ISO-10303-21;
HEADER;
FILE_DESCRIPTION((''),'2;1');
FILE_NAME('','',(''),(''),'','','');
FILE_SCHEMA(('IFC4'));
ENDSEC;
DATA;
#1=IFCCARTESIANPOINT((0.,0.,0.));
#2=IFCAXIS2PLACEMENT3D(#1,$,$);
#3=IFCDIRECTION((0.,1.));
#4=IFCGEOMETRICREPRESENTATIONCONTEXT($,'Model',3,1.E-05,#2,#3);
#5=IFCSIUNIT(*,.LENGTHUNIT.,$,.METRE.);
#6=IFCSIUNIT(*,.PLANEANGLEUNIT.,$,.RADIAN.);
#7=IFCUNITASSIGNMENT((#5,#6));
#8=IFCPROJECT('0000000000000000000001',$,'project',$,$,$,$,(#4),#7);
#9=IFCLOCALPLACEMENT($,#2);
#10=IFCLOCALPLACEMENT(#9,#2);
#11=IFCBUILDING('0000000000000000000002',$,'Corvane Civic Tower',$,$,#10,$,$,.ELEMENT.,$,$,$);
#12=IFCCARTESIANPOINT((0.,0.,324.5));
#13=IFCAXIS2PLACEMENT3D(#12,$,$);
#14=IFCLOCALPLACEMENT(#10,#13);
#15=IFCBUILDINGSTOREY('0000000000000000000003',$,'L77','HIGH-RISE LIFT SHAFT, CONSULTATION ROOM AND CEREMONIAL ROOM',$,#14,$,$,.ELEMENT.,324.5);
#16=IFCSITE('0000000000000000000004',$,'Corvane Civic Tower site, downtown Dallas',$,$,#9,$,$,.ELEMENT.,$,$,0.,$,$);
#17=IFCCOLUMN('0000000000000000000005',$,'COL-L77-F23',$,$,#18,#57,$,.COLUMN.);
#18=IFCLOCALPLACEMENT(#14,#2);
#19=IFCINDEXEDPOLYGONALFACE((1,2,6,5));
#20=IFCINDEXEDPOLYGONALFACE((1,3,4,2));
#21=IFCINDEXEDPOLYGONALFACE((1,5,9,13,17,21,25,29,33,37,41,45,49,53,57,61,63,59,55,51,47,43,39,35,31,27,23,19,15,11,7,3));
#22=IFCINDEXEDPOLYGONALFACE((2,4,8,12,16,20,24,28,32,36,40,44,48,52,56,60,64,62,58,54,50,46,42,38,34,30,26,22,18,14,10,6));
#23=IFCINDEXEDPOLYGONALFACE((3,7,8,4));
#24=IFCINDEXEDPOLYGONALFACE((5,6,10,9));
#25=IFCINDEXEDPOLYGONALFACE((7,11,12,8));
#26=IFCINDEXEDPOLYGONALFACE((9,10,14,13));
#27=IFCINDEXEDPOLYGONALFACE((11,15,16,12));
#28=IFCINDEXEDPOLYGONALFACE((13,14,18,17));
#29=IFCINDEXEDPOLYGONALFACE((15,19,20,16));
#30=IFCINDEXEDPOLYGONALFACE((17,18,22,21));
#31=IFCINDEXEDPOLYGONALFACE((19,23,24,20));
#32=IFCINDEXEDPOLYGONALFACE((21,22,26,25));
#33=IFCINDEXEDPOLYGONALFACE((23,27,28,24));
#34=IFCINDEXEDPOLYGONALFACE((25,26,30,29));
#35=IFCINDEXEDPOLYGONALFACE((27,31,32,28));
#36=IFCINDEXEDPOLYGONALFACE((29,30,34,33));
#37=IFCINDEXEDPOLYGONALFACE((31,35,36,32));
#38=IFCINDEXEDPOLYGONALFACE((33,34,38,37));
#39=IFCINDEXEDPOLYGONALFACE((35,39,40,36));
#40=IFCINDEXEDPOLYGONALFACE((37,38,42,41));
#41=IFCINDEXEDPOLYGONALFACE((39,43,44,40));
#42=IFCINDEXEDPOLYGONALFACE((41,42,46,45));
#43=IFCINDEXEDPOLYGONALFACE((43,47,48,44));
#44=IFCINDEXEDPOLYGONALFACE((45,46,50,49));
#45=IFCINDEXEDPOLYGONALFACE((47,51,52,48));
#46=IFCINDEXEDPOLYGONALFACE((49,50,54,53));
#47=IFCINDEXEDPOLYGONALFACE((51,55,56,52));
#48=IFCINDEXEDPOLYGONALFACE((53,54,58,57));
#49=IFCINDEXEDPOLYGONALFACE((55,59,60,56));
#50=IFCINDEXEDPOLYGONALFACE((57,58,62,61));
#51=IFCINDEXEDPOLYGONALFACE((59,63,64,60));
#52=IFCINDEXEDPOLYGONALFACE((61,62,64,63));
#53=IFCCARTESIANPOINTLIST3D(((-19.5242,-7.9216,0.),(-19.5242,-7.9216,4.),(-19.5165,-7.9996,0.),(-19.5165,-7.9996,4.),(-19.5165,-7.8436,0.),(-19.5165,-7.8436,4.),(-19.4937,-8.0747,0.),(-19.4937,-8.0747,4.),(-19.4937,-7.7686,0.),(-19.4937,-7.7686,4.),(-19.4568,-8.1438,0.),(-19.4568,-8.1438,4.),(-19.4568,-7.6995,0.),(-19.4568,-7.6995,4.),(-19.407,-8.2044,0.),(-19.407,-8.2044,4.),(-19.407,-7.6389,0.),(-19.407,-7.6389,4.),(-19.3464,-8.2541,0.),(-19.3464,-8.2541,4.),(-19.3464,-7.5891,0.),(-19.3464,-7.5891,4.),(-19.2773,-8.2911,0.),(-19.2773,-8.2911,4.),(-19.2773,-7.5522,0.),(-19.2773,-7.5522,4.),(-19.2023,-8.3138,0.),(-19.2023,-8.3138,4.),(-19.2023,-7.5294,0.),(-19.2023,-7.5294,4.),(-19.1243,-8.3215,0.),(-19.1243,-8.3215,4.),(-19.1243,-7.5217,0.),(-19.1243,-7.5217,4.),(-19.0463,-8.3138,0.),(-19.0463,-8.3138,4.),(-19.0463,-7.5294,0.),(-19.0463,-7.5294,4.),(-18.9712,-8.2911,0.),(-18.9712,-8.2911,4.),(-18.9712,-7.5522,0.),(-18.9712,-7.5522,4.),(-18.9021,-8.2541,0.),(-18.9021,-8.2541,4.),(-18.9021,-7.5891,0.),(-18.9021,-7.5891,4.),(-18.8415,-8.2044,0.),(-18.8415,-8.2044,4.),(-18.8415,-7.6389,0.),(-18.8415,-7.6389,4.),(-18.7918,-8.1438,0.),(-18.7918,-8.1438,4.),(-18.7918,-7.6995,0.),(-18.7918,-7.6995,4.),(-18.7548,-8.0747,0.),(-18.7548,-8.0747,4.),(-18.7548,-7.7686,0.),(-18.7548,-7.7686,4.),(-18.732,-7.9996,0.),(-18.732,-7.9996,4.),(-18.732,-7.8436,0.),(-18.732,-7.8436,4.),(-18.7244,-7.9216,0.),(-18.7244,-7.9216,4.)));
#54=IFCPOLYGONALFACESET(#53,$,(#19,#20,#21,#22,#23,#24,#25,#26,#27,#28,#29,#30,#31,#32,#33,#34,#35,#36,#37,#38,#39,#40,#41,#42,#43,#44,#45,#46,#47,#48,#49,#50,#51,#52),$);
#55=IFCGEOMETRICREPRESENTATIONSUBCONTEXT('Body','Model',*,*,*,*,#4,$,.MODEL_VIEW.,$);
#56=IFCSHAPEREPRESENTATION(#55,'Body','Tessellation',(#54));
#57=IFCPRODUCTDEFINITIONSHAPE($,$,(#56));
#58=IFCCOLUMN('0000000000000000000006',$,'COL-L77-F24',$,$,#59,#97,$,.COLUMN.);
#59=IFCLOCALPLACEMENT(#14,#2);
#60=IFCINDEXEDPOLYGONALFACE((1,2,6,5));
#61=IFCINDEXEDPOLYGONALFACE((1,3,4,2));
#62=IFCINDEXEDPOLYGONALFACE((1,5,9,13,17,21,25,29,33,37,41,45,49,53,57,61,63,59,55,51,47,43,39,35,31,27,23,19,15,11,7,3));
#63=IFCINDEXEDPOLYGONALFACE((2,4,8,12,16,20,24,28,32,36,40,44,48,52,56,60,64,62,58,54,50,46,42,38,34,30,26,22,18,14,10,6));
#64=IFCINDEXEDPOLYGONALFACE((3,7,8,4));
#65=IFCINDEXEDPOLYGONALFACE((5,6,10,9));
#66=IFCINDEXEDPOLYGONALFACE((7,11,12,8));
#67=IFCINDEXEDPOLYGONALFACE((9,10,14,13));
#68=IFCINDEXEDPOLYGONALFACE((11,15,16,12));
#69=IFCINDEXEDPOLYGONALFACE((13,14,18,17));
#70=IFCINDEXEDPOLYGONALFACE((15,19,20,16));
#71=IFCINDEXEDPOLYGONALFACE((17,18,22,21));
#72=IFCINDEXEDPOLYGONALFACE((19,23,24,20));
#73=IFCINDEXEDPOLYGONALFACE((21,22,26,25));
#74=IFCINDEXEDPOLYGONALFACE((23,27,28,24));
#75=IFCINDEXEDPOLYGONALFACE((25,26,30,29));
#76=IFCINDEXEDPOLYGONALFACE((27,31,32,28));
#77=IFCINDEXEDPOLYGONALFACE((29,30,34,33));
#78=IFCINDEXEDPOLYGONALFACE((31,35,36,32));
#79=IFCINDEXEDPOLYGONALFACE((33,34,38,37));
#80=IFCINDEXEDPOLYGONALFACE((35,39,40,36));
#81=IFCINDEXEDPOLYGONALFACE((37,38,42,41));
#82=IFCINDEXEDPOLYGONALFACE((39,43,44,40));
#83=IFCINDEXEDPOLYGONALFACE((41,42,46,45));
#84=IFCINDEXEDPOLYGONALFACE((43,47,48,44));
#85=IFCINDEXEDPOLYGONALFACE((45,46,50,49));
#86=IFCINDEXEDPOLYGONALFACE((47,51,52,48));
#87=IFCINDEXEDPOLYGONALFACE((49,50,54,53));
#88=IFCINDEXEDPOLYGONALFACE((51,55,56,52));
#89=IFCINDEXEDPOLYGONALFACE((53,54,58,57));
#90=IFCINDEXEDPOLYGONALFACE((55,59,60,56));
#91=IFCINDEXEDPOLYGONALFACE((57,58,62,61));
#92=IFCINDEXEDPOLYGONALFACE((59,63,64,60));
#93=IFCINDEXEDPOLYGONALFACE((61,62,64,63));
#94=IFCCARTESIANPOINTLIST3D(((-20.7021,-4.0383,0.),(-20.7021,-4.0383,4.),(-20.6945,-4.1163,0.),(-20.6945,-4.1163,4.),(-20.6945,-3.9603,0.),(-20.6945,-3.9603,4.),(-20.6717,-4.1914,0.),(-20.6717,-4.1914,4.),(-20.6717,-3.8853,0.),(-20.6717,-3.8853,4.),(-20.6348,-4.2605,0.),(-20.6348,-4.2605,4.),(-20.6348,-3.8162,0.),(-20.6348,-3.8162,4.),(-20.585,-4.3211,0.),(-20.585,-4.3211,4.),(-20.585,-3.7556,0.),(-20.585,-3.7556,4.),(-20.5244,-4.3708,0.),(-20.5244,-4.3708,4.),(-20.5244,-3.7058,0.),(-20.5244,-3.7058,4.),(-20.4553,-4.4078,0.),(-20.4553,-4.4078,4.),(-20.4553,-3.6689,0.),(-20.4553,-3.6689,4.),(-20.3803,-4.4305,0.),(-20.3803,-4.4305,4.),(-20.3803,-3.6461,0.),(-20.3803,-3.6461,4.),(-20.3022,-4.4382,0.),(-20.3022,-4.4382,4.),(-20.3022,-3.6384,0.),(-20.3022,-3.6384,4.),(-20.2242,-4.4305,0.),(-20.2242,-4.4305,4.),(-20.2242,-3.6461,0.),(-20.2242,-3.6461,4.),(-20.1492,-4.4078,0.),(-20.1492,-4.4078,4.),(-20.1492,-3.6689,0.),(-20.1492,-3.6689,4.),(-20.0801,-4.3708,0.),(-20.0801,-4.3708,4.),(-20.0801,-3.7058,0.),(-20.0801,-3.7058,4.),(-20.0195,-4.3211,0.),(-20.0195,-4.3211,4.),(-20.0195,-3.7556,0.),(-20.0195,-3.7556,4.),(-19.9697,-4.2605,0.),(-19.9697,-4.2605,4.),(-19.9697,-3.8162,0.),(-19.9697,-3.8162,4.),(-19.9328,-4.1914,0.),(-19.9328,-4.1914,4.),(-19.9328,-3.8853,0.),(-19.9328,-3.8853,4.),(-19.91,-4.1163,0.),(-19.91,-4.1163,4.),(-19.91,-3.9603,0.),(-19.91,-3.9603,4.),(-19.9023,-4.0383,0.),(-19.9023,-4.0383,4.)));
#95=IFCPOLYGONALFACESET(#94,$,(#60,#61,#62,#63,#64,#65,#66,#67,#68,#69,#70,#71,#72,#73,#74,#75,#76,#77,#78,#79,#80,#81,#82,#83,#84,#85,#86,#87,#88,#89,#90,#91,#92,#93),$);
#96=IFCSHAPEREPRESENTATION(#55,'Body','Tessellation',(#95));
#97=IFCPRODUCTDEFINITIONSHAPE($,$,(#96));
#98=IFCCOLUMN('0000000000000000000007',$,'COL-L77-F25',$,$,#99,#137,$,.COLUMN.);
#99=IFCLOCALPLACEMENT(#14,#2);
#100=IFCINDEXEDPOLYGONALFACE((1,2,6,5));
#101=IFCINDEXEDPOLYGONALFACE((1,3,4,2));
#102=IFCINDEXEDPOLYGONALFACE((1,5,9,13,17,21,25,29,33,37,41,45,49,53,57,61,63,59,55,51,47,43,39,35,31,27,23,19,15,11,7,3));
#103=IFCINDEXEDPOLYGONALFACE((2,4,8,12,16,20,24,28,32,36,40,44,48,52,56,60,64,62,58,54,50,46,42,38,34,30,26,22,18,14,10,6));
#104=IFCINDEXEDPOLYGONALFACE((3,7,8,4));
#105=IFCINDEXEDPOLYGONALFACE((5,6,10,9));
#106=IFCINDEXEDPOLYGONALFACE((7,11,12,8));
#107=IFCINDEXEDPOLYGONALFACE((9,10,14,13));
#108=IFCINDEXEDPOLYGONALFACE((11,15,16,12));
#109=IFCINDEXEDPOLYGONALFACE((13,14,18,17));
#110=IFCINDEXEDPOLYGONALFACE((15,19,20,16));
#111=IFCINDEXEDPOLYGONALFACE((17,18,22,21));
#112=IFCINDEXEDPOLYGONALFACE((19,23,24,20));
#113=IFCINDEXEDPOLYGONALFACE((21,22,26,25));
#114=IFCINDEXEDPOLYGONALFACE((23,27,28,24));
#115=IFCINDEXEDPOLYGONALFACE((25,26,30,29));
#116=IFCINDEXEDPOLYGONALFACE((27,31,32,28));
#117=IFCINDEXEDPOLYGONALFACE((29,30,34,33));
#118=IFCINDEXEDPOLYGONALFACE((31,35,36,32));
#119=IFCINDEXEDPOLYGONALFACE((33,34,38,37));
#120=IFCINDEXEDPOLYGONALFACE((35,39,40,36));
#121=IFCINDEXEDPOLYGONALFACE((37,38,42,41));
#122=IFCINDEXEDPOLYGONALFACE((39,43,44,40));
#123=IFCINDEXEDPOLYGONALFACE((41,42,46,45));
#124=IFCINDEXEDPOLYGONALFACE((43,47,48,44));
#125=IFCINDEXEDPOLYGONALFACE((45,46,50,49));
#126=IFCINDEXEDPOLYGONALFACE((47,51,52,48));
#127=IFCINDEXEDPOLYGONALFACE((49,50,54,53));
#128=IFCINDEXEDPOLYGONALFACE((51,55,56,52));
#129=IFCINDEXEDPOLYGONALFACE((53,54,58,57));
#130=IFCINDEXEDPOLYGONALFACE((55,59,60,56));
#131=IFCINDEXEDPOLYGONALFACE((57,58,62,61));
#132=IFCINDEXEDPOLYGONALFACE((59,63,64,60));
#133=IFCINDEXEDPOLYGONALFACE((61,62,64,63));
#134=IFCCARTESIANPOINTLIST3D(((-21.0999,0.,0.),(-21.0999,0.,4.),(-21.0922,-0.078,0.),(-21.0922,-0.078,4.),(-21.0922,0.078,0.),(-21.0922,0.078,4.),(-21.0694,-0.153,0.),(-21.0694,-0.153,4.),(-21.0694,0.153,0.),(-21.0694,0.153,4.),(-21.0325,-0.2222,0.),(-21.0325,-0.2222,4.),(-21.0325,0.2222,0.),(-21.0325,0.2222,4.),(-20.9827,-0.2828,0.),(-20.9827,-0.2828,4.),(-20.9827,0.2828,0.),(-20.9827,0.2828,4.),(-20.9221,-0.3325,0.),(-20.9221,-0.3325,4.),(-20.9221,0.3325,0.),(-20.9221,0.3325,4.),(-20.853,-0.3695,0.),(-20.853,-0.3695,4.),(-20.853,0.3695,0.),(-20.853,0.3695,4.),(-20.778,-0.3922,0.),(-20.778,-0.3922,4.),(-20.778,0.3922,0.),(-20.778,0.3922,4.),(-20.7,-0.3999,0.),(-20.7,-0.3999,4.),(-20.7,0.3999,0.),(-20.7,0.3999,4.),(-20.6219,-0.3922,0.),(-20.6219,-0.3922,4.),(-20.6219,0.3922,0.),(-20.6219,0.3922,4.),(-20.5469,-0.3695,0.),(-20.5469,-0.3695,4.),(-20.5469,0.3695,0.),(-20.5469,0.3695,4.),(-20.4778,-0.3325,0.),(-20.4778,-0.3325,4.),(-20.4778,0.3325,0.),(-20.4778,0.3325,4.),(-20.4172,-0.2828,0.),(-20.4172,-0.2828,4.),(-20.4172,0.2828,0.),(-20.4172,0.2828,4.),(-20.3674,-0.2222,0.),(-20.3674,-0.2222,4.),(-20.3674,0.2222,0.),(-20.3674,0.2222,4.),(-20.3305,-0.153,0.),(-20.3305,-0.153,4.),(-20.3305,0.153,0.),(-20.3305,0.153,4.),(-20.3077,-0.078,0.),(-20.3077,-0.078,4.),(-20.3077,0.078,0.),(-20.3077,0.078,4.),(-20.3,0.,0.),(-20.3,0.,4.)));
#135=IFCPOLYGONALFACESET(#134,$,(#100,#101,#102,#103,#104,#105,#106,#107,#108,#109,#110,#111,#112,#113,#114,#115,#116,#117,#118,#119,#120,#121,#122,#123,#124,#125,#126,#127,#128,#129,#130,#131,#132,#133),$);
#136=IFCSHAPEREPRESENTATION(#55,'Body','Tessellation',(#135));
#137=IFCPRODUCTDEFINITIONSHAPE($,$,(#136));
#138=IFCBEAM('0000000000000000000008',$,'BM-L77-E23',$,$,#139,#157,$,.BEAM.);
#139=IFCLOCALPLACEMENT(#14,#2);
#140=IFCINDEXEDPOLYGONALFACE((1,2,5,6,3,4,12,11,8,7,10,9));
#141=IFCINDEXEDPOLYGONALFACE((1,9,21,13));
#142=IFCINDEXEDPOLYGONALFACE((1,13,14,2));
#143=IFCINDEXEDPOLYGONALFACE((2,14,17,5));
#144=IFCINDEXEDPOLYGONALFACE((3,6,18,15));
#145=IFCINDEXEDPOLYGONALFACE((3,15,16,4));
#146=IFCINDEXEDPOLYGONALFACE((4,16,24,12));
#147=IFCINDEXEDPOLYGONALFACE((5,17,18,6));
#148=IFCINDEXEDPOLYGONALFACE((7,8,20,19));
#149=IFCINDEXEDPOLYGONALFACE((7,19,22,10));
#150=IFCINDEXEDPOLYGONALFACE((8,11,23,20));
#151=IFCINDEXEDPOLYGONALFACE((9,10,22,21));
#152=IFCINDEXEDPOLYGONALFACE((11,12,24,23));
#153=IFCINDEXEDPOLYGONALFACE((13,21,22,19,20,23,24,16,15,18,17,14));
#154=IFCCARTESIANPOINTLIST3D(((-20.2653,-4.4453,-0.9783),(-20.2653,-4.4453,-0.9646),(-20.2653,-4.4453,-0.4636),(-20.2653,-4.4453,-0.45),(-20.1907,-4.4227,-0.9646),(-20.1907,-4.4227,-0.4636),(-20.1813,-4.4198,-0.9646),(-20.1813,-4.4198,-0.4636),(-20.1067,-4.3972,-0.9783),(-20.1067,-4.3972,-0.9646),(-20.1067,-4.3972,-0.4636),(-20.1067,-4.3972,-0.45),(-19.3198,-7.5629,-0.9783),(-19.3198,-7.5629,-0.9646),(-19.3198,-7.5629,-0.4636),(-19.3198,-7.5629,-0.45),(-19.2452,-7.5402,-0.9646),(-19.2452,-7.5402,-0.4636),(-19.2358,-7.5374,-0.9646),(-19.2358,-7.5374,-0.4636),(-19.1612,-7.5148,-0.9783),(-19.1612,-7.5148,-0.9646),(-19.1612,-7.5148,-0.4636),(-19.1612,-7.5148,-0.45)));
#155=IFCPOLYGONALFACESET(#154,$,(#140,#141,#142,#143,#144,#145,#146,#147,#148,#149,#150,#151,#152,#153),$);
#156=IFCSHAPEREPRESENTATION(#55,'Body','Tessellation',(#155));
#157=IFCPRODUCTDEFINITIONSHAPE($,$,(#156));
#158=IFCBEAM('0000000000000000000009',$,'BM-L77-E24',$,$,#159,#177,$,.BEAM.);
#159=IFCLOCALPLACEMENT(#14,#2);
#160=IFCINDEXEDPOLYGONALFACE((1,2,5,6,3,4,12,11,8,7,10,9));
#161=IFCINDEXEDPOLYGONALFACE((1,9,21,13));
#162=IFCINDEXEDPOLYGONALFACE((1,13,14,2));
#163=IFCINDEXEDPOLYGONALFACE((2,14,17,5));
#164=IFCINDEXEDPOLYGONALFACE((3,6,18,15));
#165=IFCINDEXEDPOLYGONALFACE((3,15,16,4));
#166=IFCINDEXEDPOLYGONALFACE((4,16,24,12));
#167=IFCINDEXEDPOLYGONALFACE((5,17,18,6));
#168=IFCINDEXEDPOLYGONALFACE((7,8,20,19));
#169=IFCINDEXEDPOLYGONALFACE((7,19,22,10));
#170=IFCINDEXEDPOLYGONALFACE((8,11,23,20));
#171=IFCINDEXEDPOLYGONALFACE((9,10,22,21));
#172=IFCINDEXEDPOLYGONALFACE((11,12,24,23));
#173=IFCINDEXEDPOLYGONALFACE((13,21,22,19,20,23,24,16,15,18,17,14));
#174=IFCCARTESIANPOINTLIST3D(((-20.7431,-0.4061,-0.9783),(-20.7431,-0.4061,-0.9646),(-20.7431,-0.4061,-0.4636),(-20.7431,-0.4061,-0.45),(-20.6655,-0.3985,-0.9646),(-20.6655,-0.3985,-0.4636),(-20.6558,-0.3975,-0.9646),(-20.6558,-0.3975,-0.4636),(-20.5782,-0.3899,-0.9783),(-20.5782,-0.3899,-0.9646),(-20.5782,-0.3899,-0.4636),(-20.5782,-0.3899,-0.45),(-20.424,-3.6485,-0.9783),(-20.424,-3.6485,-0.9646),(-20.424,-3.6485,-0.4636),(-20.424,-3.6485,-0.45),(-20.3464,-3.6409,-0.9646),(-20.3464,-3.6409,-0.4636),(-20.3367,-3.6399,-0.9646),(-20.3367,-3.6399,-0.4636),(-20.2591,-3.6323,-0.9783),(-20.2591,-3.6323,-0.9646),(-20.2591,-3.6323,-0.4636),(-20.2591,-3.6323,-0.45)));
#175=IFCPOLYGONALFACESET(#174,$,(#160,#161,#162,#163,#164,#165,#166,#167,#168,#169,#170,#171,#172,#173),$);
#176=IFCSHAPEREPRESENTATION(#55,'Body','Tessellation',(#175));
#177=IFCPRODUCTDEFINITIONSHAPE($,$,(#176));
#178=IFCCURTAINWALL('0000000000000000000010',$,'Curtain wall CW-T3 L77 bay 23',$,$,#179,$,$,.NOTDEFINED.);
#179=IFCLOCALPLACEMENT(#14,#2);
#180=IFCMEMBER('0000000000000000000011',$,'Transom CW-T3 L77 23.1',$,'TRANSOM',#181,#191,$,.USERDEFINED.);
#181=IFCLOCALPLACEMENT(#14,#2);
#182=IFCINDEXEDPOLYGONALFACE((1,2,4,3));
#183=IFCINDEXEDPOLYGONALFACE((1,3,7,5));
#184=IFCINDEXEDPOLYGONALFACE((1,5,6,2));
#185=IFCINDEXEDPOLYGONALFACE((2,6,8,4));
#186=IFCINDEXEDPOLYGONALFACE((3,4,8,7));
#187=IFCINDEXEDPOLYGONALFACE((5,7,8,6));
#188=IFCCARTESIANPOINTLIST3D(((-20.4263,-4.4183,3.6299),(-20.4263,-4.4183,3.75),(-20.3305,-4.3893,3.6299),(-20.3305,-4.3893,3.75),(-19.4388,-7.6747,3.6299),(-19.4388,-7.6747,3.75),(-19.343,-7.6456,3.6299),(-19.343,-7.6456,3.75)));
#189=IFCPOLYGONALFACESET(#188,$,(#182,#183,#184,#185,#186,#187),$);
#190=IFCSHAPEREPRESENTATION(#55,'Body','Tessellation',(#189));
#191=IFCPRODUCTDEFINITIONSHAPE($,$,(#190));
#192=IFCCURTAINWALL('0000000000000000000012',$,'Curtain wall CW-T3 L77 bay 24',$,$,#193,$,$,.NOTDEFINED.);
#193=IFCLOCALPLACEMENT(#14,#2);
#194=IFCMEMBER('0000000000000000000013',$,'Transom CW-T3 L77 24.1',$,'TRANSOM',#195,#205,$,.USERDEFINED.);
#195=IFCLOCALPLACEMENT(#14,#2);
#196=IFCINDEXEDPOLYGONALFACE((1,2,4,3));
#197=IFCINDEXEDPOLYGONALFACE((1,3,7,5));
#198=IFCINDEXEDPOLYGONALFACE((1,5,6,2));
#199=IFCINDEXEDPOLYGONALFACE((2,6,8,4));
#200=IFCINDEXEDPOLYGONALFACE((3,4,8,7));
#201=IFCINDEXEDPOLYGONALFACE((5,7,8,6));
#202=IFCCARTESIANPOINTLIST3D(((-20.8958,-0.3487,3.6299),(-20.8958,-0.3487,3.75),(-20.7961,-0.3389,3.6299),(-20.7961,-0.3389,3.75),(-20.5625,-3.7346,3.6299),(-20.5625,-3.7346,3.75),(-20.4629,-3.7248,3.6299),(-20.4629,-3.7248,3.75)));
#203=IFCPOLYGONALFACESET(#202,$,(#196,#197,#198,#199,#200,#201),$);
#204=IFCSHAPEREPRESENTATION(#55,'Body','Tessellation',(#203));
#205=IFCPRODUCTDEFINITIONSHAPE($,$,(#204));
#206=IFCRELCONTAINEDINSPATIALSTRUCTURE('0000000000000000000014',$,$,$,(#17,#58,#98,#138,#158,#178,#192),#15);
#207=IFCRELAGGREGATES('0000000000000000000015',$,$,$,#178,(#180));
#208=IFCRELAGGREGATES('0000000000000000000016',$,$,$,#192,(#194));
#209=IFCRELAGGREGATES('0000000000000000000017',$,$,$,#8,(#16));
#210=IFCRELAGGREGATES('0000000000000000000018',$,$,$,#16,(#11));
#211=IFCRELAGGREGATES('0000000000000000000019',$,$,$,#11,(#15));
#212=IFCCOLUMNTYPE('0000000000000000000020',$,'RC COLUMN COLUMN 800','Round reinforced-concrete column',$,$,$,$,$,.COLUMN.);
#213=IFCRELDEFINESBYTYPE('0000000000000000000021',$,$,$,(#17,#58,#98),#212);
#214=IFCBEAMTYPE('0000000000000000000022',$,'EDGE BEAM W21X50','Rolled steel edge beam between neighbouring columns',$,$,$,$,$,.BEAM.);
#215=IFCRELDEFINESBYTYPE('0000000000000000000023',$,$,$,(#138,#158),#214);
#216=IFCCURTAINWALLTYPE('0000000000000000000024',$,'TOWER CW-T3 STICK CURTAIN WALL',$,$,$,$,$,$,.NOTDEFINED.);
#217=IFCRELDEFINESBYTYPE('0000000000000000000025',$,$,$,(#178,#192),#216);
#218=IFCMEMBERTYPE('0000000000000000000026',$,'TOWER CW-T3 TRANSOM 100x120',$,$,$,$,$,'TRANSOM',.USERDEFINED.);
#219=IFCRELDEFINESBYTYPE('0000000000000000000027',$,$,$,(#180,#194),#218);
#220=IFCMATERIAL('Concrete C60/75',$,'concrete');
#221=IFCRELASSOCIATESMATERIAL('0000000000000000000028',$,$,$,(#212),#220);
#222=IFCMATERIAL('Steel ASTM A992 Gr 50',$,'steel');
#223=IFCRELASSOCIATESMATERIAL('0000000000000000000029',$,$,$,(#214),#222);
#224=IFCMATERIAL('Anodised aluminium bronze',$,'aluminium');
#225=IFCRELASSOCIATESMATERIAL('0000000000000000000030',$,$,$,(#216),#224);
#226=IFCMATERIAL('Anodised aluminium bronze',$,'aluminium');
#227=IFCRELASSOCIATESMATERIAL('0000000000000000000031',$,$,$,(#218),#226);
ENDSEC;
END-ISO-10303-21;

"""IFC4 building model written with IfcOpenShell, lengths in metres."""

from ifc_helpers import new_model, si_unit, direction, frame, origin, origin_2d, place, context, subcontext, project, spatial, rectangle, circle, i_section, extrude, material, material_profile, profile_set, type_object, element, aggregate, save


model = new_model("IFC4")

# Units and contexts
model_context = context("Model", 3, precision=1e-05, world=origin(), true_north=direction((0.0, 1.0)))
body_context = subcontext(model_context, "Body", "Model", "MODEL_VIEW")
ifc_project = project(units=[si_unit("LENGTHUNIT", "METRE"), si_unit("PLANEANGLEUNIT", "RADIAN")], contexts=[model_context])

# Site, building, storey
site_placement = place(None, origin())
site = spatial("IfcSite", under=ifc_project, at=site_placement, Name="Corvane Civic Tower site, downtown Dallas", CompositionType="ELEMENT", RefElevation=0.0)
building_placement = place(site_placement, origin())
building = spatial("IfcBuilding", under=site, at=building_placement, Name="Corvane Civic Tower", CompositionType="ELEMENT")
storey_placement = place(building_placement, frame((0.0, 0.0, 324.5)))
storey = spatial("IfcBuildingStorey", under=building, at=storey_placement, Name="L77", Description="HIGH-RISE LIFT SHAFT, CONSULTATION ROOM AND CEREMONIAL ROOM", CompositionType="ELEMENT", Elevation=324.5)

# Columns
ifc_material_1 = material(Name="Concrete C60/75", Category="concrete")
ifc_material_profile_1 = material_profile(ifc_material_1, circle(Radius=0.3999, at=origin_2d()), Name="COLUMN 800")
ifc_profile_set_1 = profile_set([ifc_material_profile_1], Name="Concrete C60/75")
column_type = type_object("IfcColumnType", Name="RC COLUMN COLUMN 800", Description="Round reinforced-concrete column", PredefinedType="COLUMN", material=ifc_profile_set_1)
for number, where, z_axis, x_axis, name in (
    (1, (-19.1243, -7.9216, 0.0), (0.0, 0.0, 1.0), (1.0, 0.0, 0.0), "COL-L77-F23"),
    (2, (-20.3022, -4.0383, 0.0), (0.0, 0.0, 1.0), (1.0, 0.0, 0.0), "COL-L77-F24"),
    (3, (-20.7, 0.0, 0.0), (0.0, 0.0, 1.0), (1.0, 0.0, 0.0), "COL-L77-F25"),
):
    element("IfcColumn", number, at=place(storey_placement, frame(where, z_axis=z_axis, x_axis=x_axis)), inside=storey, type_object=column_type, Name=name, PredefinedType="COLUMN", context=body_context, shape_type="SweptSolid", body=[
        extrude(circle(Radius=0.3999, at=origin_2d()), origin(), (0.0, 0.0, 1.0), 4.0),
    ])

# Beams
ifc_material_2 = material(Name="Steel ASTM A992 Gr 50", Category="steel")
ifc_material_profile_2 = material_profile(ifc_material_2, i_section(OverallWidth=0.1658, OverallDepth=0.5283, WebThickness=0.0098, FlangeThickness=0.0137, at=origin_2d()), Name="W21X50")
ifc_profile_set_2 = profile_set([ifc_material_profile_2], Name="Steel ASTM A992 Gr 50")
beam_type = type_object("IfcBeamType", Name="EDGE BEAM W21X50", Description="Rolled steel edge beam between neighbouring columns", PredefinedType="BEAM", material=ifc_profile_set_2)
beam_1_placement = place(storey_placement, frame((-19.2405, -7.5388, -0.7141), z_axis=(-0.290234, 0.956956, 0.0), x_axis=(-0.956956, -0.290234, 0.0)))
element("IfcBeam", 4, at=beam_1_placement, inside=storey, type_object=beam_type, Name="BM-L77-E23", PredefinedType="BEAM", context=body_context, shape_type="SweptSolid", body=[
    extrude(i_section(OverallWidth=0.1658, OverallDepth=0.5283, WebThickness=0.0098, FlangeThickness=0.0137, at=origin_2d()), origin(), (0.0, 0.0, 1.0), 3.2578),
])
beam_2_placement = place(storey_placement, frame((-20.3416, -3.6404, -0.7141), z_axis=(-0.097938, 0.995193, 0.0), x_axis=(-0.995193, -0.097938, 0.0)))
element("IfcBeam", 5, at=beam_2_placement, inside=storey, type_object=beam_type, Name="BM-L77-E24", PredefinedType="BEAM", context=body_context, shape_type="SweptSolid", body=[
    extrude(i_section(OverallWidth=0.1658, OverallDepth=0.5283, WebThickness=0.0098, FlangeThickness=0.0137, at=origin_2d()), origin(), (0.0, 0.0, 1.0), 3.2581),
])

# Curtain walls, members
ifc_material_3 = material(Name="Anodised aluminium bronze", Category="aluminium")
curtain_wall_type = type_object("IfcCurtainWallType", Name="TOWER CW-T3 STICK CURTAIN WALL", PredefinedType="NOTDEFINED", material=ifc_material_3)
curtain_wall_1_placement = place(storey_placement, origin())
curtain_wall_1 = element("IfcCurtainWall", 6, at=curtain_wall_1_placement, inside=storey, type_object=curtain_wall_type, Name="Curtain wall CW-T3 L77 bay 23", PredefinedType="NOTDEFINED")
ifc_material_4 = material(Name="Anodised aluminium bronze", Category="aluminium")
ifc_material_profile_3 = material_profile(ifc_material_4, rectangle(XDim=0.1001, YDim=0.1201, at=origin_2d()), Name="TOWER CW-T3 TRANSOM 100x120")
ifc_profile_set_3 = profile_set([ifc_material_profile_3], Name="Anodised aluminium bronze")
member_type = type_object("IfcMemberType", Name="TOWER CW-T3 TRANSOM 100x120", ElementType="TRANSOM", PredefinedType="USERDEFINED", material=ifc_profile_set_3)
member_1_placement = place(storey_placement, frame((-19.3909, -7.6602, 3.6899), z_axis=(-0.290216, 0.956961, 0.0), x_axis=(-0.956961, -0.290216, 0.0)))
member_1 = element("IfcMember", 7, at=member_1_placement, type_object=member_type, Name="Transom CW-T3 L77 23.1", ObjectType="TRANSOM", PredefinedType="USERDEFINED", context=body_context, shape_type="SweptSolid", body=[
    extrude(rectangle(XDim=0.1001, YDim=0.1201, at=origin_2d()), origin(), (0.0, 0.0, 1.0), 3.4028),
])
curtain_wall_2_placement = place(storey_placement, origin())
curtain_wall_2 = element("IfcCurtainWall", 8, at=curtain_wall_2_placement, inside=storey, type_object=curtain_wall_type, Name="Curtain wall CW-T3 L77 bay 24", PredefinedType="NOTDEFINED")
member_2_placement = place(storey_placement, frame((-20.5127, -3.7297, 3.6899), z_axis=(-0.097948, 0.995192, 0.0), x_axis=(-0.995192, -0.097948, 0.0)))
member_2 = element("IfcMember", 9, at=member_2_placement, type_object=member_type, Name="Transom CW-T3 L77 24.1", ObjectType="TRANSOM", PredefinedType="USERDEFINED", context=body_context, shape_type="SweptSolid", body=[
    extrude(rectangle(XDim=0.1001, YDim=0.1201, at=origin_2d()), origin(), (0.0, 0.0, 1.0), 3.4023),
])

aggregate(curtain_wall_1, [member_1])
aggregate(curtain_wall_2, [member_2])

save(model, "model.ifc")
